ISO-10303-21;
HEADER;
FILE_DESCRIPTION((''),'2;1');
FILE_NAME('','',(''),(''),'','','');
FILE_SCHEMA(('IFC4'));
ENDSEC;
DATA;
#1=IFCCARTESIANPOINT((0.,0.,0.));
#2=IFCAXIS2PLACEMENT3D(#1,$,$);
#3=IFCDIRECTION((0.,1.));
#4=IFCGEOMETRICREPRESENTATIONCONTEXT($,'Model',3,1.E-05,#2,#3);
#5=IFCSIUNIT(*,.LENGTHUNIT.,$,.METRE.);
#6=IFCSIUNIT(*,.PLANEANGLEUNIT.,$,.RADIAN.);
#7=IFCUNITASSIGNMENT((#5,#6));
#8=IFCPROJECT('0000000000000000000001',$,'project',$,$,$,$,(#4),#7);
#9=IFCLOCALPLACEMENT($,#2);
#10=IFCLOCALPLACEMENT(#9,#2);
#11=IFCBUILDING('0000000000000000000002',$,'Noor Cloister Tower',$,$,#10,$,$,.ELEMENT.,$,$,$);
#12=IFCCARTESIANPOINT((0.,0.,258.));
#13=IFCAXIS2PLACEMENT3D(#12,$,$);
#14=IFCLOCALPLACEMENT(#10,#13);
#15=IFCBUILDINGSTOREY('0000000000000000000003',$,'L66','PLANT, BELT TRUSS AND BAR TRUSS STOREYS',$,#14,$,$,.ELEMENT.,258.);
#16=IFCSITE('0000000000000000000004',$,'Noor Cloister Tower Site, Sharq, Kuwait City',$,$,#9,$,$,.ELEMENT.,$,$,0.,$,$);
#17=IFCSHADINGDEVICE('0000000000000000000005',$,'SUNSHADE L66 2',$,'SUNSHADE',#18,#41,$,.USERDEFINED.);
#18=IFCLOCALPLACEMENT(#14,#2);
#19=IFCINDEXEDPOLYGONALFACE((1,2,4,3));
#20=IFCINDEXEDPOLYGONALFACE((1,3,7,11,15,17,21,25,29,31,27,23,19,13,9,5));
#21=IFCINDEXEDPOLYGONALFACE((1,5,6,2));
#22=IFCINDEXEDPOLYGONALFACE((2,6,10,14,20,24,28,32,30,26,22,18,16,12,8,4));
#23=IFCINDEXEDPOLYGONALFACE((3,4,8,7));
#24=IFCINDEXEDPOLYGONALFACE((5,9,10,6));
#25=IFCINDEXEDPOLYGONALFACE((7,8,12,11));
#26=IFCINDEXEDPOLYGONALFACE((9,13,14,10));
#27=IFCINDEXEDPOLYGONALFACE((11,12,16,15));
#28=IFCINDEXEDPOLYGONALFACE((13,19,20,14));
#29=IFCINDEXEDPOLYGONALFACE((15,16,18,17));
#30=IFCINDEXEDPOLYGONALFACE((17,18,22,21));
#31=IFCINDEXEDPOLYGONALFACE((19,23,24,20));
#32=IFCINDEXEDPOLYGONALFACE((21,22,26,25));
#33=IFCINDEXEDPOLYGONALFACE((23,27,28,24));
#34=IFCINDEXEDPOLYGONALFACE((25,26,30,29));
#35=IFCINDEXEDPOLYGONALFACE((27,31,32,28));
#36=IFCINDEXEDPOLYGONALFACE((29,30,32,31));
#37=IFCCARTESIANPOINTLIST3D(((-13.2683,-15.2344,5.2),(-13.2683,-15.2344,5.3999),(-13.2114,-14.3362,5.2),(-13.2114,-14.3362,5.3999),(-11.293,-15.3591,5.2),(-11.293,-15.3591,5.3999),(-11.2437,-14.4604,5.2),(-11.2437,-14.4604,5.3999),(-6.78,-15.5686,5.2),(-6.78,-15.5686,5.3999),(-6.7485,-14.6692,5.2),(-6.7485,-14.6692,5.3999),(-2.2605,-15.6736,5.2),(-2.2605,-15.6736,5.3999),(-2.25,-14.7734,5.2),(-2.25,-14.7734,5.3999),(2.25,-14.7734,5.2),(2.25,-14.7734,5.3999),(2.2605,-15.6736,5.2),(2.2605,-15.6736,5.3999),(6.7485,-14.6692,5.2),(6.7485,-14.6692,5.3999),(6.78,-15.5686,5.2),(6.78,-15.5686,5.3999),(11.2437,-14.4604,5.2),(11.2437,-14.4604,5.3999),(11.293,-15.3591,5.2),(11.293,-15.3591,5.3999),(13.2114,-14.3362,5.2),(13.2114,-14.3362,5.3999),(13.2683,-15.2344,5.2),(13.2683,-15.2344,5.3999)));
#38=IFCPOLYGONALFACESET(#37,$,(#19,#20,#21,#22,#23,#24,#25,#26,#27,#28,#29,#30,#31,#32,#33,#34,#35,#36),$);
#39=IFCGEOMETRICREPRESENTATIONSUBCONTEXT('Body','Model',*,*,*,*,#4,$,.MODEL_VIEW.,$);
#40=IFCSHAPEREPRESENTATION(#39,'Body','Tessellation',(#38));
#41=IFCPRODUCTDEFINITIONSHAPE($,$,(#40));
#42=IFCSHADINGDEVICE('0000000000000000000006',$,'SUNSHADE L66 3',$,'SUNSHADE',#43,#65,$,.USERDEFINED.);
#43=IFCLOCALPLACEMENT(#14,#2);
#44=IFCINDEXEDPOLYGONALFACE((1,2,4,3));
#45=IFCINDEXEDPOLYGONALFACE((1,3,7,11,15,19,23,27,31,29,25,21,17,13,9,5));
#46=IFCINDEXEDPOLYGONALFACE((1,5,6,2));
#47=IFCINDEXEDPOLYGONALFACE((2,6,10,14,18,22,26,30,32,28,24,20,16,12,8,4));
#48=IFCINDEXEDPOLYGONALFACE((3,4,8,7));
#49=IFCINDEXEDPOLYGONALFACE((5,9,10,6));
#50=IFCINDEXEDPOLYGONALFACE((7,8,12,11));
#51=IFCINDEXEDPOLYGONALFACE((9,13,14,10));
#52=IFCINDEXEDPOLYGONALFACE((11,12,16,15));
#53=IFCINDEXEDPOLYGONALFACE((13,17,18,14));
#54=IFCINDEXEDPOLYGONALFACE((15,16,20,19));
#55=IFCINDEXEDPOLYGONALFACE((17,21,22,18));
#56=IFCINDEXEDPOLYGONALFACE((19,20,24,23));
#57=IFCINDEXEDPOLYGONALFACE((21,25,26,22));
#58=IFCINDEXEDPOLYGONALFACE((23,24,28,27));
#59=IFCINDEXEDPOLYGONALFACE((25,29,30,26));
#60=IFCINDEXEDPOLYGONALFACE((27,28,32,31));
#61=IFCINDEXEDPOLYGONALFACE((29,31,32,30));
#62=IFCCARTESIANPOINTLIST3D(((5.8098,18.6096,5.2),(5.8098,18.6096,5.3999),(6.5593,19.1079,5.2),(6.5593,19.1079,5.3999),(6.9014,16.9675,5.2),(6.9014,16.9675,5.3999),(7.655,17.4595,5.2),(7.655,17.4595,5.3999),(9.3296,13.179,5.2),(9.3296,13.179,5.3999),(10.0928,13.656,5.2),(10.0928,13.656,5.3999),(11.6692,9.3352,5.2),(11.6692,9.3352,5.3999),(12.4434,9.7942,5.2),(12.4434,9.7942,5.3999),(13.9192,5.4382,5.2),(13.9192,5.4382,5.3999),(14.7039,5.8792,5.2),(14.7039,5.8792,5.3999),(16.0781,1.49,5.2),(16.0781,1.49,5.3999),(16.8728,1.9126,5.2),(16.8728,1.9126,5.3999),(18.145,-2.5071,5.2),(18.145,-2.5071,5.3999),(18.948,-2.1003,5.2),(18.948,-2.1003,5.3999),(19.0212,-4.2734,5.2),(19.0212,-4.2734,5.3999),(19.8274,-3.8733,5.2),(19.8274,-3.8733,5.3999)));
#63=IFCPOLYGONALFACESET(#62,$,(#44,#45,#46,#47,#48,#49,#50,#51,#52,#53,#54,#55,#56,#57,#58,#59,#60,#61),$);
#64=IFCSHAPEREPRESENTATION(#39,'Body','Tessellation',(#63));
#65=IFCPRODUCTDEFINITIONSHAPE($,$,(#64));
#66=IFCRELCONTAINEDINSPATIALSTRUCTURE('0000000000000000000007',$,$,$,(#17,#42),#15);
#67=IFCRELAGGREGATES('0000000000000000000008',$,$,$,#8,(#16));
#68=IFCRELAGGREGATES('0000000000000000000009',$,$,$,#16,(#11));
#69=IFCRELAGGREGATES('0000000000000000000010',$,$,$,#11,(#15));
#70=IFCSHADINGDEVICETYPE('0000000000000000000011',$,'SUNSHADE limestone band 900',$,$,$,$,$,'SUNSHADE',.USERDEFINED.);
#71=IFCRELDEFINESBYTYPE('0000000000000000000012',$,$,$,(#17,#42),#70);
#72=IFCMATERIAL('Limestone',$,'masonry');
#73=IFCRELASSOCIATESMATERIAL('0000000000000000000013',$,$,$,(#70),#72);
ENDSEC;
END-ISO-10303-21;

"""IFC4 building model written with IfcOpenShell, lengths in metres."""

from ifc_helpers import new_model, si_unit, direction, frame, origin, place, context, subcontext, project, spatial, polyline, outline, extrude, material, type_object, element, save


model = new_model("IFC4")

# Units and contexts
model_context = context("Model", 3, precision=1e-05, world=origin(), true_north=direction((0.0, 1.0)))
body_context = subcontext(model_context, "Body", "Model", "MODEL_VIEW")
ifc_project = project(units=[si_unit("LENGTHUNIT", "METRE"), si_unit("PLANEANGLEUNIT", "RADIAN")], contexts=[model_context])

# Site, building, storey
site_placement = place(None, origin())
site = spatial("IfcSite", under=ifc_project, at=site_placement, Name="Noor Cloister Tower Site, Sharq, Kuwait City", CompositionType="ELEMENT", RefElevation=0.0)
building_placement = place(site_placement, origin())
building = spatial("IfcBuilding", under=site, at=building_placement, Name="Noor Cloister Tower", CompositionType="ELEMENT")
storey_placement = place(building_placement, frame((0.0, 0.0, 258.0)))
storey = spatial("IfcBuildingStorey", under=building, at=storey_placement, Name="L66", Description="PLANT, BELT TRUSS AND BAR TRUSS STOREYS", CompositionType="ELEMENT", Elevation=258.0)

# Shading devices
ifc_material_1 = material(Name="Limestone", Category="masonry")
shading_device_type_1 = type_object("IfcShadingDeviceType", Name="SUNSHADE limestone band 900", ElementType="SUNSHADE", PredefinedType="USERDEFINED", material=ifc_material_1)
shading_device_1_placement = place(storey_placement, frame((0.0, 0.0, 5.2)))
element("IfcShadingDevice", 1, at=shading_device_1_placement, inside=storey, type_object=shading_device_type_1, Name="SUNSHADE L66 2", ObjectType="SUNSHADE", PredefinedType="USERDEFINED", context=body_context, shape_type="SweptSolid", body=[
    extrude(outline(polyline([(-13.2683, -15.2344), (-11.293, -15.3591), (-6.78, -15.5686), (-2.2605, -15.6736), (2.2605, -15.6736), (6.78, -15.5686), (11.293, -15.3591), (13.2683, -15.2344), (13.2114, -14.3362), (11.2437, -14.4604), (6.7485, -14.6692), (2.25, -14.7734), (-2.25, -14.7734), (-6.7485, -14.6692), (-11.2437, -14.4604), (-13.2114, -14.3362), (-13.2683, -15.2344)])), origin(), (0.0, 0.0, 1.0), 0.2),
])
shading_device_2_placement = place(storey_placement, frame((0.0, 0.0, 5.2)))
element("IfcShadingDevice", 2, at=shading_device_2_placement, inside=storey, type_object=shading_device_type_1, Name="SUNSHADE L66 3", ObjectType="SUNSHADE", PredefinedType="USERDEFINED", context=body_context, shape_type="SweptSolid", body=[
    extrude(outline(polyline([(19.8274, -3.8733), (18.948, -2.1003), (16.8728, 1.9126), (14.7039, 5.8792), (12.4434, 9.7942), (10.0928, 13.656), (7.655, 17.4595), (6.5593, 19.1079), (5.8098, 18.6096), (6.9014, 16.9675), (9.3296, 13.179), (11.6692, 9.3352), (13.9192, 5.4382), (16.0781, 1.49), (18.145, -2.5071), (19.0212, -4.2734), (19.8274, -3.8733)])), origin(), (0.0, 0.0, 1.0), 0.2),
])

save(model, "model.ifc")
